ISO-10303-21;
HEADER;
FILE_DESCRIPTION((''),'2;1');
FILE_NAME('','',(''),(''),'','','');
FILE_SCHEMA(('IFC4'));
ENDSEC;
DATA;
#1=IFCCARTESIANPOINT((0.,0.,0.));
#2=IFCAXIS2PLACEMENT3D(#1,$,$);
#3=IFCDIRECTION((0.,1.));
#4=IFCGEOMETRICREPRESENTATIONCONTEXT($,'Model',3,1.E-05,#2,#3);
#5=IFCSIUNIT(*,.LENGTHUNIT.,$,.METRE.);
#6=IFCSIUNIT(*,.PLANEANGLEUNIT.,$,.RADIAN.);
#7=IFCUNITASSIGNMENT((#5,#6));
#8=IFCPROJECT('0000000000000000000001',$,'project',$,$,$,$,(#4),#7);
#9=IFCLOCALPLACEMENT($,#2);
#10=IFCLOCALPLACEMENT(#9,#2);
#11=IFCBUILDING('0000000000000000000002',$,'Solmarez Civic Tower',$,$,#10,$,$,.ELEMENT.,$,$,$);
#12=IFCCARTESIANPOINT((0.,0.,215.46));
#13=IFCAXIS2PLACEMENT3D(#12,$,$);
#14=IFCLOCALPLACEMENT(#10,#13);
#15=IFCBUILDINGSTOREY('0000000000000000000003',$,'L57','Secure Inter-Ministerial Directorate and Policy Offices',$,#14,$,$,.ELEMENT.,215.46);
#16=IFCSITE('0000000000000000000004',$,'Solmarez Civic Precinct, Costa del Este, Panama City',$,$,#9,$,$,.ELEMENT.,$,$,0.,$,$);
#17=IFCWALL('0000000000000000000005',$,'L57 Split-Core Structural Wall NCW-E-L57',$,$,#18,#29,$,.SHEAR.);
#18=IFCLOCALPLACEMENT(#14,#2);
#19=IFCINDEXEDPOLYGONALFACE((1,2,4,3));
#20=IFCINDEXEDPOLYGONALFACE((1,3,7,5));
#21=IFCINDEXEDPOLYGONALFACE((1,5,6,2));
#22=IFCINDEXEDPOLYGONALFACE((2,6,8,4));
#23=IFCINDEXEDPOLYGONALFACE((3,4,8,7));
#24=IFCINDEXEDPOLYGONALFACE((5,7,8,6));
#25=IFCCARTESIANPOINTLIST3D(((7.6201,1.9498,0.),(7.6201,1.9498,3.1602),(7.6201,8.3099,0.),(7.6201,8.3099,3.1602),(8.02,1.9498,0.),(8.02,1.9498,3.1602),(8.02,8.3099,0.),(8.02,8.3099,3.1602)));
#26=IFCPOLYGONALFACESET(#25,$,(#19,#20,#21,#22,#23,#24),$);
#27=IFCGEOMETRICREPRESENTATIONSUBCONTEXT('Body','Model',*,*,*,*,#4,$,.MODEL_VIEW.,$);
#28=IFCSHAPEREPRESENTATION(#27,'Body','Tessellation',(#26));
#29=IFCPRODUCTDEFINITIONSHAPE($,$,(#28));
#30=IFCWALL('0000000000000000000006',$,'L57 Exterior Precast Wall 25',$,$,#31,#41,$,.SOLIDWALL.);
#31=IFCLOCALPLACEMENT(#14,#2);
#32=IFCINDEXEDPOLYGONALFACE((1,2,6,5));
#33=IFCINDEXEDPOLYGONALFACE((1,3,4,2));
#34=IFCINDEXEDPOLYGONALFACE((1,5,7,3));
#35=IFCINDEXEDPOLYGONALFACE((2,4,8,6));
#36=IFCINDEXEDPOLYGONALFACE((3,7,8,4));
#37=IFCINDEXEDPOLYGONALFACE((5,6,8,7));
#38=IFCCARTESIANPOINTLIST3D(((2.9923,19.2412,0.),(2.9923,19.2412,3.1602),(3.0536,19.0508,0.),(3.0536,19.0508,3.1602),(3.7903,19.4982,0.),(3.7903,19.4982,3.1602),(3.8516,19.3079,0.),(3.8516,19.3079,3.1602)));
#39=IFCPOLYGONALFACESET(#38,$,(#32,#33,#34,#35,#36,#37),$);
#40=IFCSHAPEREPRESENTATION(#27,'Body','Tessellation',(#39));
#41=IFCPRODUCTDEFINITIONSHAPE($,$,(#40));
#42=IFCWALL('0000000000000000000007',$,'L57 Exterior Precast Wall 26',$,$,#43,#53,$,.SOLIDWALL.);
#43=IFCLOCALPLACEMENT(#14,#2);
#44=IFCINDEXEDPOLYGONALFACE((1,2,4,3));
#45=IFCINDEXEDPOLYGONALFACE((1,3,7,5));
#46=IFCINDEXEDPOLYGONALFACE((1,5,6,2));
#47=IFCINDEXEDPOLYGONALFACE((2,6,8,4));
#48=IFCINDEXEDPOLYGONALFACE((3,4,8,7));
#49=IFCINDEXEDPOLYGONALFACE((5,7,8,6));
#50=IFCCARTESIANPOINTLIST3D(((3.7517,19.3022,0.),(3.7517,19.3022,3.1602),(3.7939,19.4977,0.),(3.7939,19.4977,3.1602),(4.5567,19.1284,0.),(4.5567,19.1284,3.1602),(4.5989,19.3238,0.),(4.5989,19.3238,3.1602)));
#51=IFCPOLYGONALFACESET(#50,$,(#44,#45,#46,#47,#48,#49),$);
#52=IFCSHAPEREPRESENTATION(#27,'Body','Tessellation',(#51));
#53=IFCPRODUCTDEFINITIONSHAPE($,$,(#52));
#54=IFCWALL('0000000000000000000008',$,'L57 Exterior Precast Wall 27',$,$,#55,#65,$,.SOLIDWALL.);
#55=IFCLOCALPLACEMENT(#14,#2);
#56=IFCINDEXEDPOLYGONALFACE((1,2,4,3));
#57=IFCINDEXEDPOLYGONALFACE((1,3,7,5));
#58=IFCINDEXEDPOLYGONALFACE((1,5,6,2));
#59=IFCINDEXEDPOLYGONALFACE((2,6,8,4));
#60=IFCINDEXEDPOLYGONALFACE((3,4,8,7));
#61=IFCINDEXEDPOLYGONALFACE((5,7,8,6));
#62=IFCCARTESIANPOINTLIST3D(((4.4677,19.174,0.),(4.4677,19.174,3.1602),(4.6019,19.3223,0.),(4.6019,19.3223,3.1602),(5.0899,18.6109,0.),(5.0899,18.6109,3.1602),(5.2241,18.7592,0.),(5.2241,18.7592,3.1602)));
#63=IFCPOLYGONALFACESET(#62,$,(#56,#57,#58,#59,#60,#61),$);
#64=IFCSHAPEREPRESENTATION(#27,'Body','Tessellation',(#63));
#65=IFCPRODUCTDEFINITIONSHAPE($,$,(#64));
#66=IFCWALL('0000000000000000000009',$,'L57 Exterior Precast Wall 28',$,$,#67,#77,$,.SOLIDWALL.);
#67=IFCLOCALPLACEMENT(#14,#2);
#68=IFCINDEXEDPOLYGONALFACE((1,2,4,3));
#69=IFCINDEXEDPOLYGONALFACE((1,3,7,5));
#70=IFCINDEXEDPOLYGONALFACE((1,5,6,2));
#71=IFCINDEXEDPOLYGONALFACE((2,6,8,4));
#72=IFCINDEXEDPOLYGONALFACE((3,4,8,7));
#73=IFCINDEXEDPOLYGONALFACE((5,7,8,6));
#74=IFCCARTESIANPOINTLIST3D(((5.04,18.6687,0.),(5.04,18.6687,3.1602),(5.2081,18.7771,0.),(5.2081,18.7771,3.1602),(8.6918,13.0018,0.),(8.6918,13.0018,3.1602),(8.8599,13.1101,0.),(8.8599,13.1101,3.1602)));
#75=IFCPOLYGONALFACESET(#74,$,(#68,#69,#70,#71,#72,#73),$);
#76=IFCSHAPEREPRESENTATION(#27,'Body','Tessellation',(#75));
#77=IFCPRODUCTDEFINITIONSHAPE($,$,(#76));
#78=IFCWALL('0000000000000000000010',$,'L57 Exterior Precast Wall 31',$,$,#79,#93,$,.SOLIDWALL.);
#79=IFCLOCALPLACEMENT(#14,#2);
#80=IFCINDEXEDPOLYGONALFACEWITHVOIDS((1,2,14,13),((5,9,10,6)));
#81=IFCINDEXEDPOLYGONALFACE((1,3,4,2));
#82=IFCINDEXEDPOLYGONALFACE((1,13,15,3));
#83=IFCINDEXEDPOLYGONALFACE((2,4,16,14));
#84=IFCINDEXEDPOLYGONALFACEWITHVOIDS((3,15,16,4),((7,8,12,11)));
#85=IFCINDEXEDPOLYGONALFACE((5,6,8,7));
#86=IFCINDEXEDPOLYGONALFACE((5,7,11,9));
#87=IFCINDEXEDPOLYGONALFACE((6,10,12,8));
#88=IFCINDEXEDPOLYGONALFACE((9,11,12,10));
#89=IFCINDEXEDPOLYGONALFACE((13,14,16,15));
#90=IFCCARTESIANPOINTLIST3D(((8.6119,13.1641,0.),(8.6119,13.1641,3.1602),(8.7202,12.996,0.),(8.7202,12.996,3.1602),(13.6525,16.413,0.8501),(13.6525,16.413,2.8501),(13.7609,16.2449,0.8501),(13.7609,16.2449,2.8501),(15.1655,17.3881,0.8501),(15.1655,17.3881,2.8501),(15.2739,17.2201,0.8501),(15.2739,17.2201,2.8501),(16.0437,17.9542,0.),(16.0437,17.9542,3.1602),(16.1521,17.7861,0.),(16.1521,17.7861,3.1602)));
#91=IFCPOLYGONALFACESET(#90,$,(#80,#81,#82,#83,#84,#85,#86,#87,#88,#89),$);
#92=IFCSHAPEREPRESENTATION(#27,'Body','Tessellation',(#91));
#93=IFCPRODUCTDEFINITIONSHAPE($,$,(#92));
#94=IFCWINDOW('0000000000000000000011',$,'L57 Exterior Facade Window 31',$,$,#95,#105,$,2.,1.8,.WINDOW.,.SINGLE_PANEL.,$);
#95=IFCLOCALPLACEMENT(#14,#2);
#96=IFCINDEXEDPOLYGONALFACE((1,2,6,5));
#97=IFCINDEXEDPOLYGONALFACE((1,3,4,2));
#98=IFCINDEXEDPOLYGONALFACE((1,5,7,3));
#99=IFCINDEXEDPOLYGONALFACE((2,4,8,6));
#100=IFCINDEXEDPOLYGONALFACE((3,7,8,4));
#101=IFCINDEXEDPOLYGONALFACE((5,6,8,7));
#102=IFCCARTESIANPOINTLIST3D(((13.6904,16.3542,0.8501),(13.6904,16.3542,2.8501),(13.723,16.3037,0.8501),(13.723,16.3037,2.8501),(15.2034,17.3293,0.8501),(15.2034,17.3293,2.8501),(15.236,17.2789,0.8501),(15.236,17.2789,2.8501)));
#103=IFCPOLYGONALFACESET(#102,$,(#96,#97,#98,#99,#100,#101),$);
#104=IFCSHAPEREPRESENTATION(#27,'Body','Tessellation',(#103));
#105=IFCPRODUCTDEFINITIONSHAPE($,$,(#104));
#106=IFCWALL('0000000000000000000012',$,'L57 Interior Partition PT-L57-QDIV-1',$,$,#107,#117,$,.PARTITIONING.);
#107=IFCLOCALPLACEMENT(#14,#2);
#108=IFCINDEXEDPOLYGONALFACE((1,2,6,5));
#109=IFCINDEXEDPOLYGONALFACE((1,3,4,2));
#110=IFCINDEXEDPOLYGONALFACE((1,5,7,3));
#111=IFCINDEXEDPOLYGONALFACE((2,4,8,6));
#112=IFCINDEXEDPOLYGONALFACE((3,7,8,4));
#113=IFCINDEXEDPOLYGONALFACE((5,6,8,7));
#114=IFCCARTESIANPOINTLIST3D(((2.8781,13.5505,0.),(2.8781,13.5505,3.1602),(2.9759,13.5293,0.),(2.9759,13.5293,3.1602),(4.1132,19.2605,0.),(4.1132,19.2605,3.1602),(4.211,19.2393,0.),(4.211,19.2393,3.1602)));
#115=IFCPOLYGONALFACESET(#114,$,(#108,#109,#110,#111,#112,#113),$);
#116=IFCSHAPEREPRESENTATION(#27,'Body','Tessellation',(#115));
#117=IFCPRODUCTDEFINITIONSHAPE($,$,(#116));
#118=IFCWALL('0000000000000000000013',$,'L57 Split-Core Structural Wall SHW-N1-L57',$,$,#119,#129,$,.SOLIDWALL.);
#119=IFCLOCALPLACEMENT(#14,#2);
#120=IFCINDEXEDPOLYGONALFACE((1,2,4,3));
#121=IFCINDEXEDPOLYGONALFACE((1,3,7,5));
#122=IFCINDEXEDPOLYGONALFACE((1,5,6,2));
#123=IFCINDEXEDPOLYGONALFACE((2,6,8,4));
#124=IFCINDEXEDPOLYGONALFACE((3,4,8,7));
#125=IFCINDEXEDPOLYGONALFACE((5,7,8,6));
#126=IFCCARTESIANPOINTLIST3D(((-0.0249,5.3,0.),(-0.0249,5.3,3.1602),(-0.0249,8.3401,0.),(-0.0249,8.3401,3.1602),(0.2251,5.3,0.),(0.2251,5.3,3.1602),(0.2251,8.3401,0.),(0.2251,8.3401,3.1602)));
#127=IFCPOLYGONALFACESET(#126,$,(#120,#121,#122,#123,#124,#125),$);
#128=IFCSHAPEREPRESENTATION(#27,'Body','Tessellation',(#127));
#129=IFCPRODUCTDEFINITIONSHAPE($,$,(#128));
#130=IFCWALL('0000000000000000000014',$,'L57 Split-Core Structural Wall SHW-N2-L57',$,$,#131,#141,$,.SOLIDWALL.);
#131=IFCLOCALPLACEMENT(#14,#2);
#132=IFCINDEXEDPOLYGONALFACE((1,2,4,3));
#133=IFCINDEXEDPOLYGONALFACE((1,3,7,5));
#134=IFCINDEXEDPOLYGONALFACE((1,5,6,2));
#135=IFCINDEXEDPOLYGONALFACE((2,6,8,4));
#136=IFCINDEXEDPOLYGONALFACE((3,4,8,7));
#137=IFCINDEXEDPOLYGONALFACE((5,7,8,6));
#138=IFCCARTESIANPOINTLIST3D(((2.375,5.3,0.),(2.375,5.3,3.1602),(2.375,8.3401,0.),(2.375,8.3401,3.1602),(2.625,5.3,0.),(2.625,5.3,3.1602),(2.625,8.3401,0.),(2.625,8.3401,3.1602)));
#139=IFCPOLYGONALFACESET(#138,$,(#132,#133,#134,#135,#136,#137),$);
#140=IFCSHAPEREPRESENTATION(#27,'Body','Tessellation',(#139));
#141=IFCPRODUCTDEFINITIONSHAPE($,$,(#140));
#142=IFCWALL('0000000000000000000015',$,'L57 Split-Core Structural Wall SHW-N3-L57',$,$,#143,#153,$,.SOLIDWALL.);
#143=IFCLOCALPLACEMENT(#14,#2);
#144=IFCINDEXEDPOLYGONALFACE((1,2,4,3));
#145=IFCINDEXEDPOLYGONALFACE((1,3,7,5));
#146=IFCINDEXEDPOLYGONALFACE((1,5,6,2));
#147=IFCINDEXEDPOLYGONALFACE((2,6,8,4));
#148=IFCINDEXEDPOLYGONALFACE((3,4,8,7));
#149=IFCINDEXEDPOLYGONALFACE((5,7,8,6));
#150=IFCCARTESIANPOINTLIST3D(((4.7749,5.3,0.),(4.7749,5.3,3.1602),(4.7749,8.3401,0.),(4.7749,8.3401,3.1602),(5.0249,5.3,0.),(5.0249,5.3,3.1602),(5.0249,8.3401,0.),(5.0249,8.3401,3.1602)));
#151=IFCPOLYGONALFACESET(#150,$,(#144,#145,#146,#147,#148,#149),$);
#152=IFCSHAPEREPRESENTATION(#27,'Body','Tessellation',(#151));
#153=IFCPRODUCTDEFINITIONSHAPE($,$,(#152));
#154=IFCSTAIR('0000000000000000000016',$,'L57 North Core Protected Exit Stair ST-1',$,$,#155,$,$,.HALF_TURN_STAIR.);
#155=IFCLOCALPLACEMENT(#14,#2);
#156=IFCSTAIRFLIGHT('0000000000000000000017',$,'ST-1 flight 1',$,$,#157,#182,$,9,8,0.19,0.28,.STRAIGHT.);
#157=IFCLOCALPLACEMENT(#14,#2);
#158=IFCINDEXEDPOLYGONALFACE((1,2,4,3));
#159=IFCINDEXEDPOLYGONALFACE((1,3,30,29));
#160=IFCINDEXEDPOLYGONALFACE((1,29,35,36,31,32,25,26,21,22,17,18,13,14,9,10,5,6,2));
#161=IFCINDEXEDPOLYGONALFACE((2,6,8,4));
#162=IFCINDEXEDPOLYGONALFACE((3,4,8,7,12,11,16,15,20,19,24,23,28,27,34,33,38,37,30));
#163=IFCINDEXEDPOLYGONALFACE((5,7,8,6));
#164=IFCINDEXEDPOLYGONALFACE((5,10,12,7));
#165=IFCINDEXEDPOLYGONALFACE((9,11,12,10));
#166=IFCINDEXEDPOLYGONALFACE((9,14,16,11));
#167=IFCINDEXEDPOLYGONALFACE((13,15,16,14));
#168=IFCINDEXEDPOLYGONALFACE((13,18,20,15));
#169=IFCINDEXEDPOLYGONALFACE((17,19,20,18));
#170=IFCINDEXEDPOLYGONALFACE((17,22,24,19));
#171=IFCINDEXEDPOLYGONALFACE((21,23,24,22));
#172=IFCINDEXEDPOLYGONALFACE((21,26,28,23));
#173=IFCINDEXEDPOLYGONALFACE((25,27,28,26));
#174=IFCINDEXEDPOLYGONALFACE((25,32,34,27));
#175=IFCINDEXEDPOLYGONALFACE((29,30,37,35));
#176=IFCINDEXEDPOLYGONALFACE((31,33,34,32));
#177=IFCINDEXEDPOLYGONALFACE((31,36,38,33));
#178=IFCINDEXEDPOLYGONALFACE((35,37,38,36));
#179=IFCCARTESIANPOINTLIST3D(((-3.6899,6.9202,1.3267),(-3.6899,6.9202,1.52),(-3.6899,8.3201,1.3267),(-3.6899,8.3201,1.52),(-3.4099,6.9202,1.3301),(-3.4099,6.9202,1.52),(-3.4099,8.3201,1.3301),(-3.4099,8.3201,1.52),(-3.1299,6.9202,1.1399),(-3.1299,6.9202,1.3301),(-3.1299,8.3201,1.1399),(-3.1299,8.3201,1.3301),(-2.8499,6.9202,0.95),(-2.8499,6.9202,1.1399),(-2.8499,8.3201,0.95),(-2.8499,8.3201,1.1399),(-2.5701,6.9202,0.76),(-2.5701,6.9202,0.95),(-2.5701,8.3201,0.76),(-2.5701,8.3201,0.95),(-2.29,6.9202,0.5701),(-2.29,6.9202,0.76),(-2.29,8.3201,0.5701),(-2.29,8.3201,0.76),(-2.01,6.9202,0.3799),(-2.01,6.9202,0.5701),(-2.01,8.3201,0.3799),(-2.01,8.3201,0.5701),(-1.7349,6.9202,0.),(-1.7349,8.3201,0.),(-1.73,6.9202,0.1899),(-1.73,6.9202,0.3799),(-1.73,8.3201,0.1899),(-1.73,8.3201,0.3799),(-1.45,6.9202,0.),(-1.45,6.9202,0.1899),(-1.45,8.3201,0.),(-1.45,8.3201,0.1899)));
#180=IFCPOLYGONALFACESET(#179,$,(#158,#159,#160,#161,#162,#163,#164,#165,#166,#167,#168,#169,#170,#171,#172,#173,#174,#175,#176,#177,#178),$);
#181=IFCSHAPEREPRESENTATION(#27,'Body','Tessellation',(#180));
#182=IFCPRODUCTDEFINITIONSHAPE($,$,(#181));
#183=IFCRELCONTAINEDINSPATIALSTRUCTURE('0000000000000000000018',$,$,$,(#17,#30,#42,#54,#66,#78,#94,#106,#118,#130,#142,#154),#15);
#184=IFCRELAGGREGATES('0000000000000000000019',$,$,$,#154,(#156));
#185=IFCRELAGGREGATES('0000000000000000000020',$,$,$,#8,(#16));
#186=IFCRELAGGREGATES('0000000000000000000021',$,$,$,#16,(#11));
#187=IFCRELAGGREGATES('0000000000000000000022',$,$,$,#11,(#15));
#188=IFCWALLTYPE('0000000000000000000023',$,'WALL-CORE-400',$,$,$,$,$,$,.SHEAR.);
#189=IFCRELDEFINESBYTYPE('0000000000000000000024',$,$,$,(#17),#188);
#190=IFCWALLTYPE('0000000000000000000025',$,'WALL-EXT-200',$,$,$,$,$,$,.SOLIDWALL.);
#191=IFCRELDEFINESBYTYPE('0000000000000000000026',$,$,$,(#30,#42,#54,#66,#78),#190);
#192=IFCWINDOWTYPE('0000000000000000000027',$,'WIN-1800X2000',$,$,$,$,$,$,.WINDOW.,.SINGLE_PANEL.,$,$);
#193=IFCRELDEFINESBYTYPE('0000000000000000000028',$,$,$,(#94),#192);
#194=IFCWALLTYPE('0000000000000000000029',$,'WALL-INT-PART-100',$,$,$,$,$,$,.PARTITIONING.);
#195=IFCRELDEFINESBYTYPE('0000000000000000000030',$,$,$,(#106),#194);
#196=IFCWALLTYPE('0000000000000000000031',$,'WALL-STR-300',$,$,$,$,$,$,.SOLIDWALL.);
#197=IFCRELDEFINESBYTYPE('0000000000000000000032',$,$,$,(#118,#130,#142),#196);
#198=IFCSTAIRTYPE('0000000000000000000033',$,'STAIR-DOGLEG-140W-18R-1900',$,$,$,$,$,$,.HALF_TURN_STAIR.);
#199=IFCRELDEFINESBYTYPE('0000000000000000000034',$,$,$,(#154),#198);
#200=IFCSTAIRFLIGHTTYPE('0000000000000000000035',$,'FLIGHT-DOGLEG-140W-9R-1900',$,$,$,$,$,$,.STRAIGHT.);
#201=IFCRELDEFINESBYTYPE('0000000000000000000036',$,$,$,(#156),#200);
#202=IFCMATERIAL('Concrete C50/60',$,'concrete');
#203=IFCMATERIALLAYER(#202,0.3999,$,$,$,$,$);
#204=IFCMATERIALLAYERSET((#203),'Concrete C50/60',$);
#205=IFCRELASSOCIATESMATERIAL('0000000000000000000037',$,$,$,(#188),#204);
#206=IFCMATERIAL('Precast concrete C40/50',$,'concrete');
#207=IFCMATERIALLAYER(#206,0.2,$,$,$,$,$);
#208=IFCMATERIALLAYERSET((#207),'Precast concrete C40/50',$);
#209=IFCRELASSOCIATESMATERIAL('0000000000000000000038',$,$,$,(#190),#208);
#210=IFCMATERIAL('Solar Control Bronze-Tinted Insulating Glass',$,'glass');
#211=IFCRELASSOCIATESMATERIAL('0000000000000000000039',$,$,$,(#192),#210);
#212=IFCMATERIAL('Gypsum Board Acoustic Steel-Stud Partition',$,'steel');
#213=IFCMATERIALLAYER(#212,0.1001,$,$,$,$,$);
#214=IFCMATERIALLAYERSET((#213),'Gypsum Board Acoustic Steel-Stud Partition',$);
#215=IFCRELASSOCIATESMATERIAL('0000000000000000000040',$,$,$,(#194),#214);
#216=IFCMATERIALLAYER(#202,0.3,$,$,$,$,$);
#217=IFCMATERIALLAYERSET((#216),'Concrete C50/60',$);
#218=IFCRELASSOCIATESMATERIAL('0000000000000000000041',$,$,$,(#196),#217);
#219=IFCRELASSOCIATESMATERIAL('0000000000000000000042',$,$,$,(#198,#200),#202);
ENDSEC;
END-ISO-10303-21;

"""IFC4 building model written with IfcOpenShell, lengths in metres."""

from ifc_helpers import new_model, si_unit, direction, frame, frame_2d, origin, place, context, subcontext, project, spatial, polyline, rectangle, outline, extrude, material, layer, layer_set, type_object, element, fill, aggregate, save


model = new_model("IFC4")

# Units and contexts
model_context = context("Model", 3, precision=1e-05, world=origin(), true_north=direction((0.0, 1.0)))
body_context = subcontext(model_context, "Body", "Model", "MODEL_VIEW")
ifc_project = project(units=[si_unit("LENGTHUNIT", "METRE"), si_unit("PLANEANGLEUNIT", "RADIAN")], contexts=[model_context])

# Site, building, storey
site_placement = place(None, origin())
site = spatial("IfcSite", under=ifc_project, at=site_placement, Name="Solmarez Civic Precinct, Costa del Este, Panama City", CompositionType="ELEMENT", RefElevation=0.0)
building_placement = place(site_placement, origin())
building = spatial("IfcBuilding", under=site, at=building_placement, Name="Solmarez Civic Tower", CompositionType="ELEMENT")
storey_placement = place(building_placement, frame((0.0, 0.0, 215.46)))
storey = spatial("IfcBuildingStorey", under=building, at=storey_placement, Name="L57", Description="Secure Inter-Ministerial Directorate and Policy Offices", CompositionType="ELEMENT", Elevation=215.46)

# Walls
ifc_material_1 = material(Name="Concrete C50/60", Category="concrete")
ifc_layer_1 = layer(ifc_material_1, 0.3999)
ifc_layer_set_1 = layer_set([ifc_layer_1], Name="Concrete C50/60")
wall_type_1 = type_object("IfcWallType", Name="WALL-CORE-400", PredefinedType="SHEAR", material=ifc_layer_set_1)
wall_1_placement = place(storey_placement, frame((7.8201, 8.3101, 0.0), z_axis=(0.0, 0.0, 1.0), x_axis=(0.0, -1.0, 0.0)))
element("IfcWall", 1, at=wall_1_placement, inside=storey, type_object=wall_type_1, Name="L57 Split-Core Structural Wall NCW-E-L57", PredefinedType="SHEAR", context=body_context, shape_type="SweptSolid", body=[
    extrude(rectangle(XDim=6.3601, YDim=0.3999, at=frame_2d((3.1802, 0.0))), origin(), (0.0, 0.0, 1.0), 3.1602),
])
ifc_material_2 = material(Name="Precast concrete C40/50", Category="concrete")
ifc_layer_2 = layer(ifc_material_2, 0.2)
ifc_layer_set_2 = layer_set([ifc_layer_2], Name="Precast concrete C40/50")
wall_type_2 = type_object("IfcWallType", Name="WALL-EXT-200", PredefinedType="SOLIDWALL", material=ifc_layer_set_2)
wall_2_placement = place(storey_placement, frame((3.0229, 19.146, 0.0), z_axis=(0.0, 0.0, 1.0), x_axis=(0.951838, 0.306603, 0.0)))
element("IfcWall", 2, at=wall_2_placement, inside=storey, type_object=wall_type_2, Name="L57 Exterior Precast Wall 25", PredefinedType="SOLIDWALL", context=body_context, shape_type="SweptSolid", body=[
    extrude(rectangle(XDim=0.8384, YDim=0.2, at=frame_2d((0.4192, 0.0))), origin(), (0.0, 0.0, 1.0), 3.1602),
])
wall_3_placement = place(storey_placement, frame((3.7729, 19.3999, 0.0), z_axis=(0.0, 0.0, 1.0), x_axis=(0.977467, -0.211088, 0.0)))
element("IfcWall", 3, at=wall_3_placement, inside=storey, type_object=wall_type_2, Name="L57 Exterior Precast Wall 26", PredefinedType="SOLIDWALL", context=body_context, shape_type="SweptSolid", body=[
    extrude(rectangle(XDim=0.8235, YDim=0.2, at=frame_2d((0.4116, 0.0))), origin(), (0.0, 0.0, 1.0), 3.1602),
])
wall_4_placement = place(storey_placement, frame((4.5349, 19.248, 0.0), z_axis=(0.0, 0.0, 1.0), x_axis=(0.741439, -0.67102, 0.0)))
element("IfcWall", 4, at=wall_4_placement, inside=storey, type_object=wall_type_2, Name="L57 Exterior Precast Wall 27", PredefinedType="SOLIDWALL", context=body_context, shape_type="SweptSolid", body=[
    extrude(rectangle(XDim=0.8391, YDim=0.2, at=frame_2d((0.4194, 0.0))), origin(), (0.0, 0.0, 1.0), 3.1602),
])
wall_5_placement = place(storey_placement, frame((5.124, 18.7229, 0.0), z_axis=(0.0, 0.0, 1.0), x_axis=(0.54168, -0.840585, 0.0)))
element("IfcWall", 5, at=wall_5_placement, inside=storey, type_object=wall_type_2, Name="L57 Exterior Precast Wall 28", PredefinedType="SOLIDWALL", context=body_context, shape_type="SweptSolid", body=[
    extrude(rectangle(XDim=6.7417, YDim=0.2, at=frame_2d((3.3708, 0.0))), origin(), (0.0, 0.0, 1.0), 3.1602),
])

# Wall, opening, window
wall_6_placement = place(storey_placement, frame((8.666, 13.0801, 0.0), z_axis=(0.0, 0.0, 1.0), x_axis=(0.84054, 0.541749, 0.0)))
wall_6 = element("IfcWall", 6, at=wall_6_placement, inside=storey, type_object=wall_type_2, Name="L57 Exterior Precast Wall 31", PredefinedType="SOLIDWALL", context=body_context, shape_type="SweptSolid", body=[
    extrude(rectangle(XDim=8.8418, YDim=0.2, at=frame_2d((4.4209, 0.0))), origin(), (0.0, 0.0, 1.0), 3.1602),
])
opening_1_placement = place(wall_6_placement, frame((5.9971, 0.0, 0.8501)))
opening_1 = element("IfcOpeningElement", 7, at=opening_1_placement, cuts=wall_6, PredefinedType="OPENING", context=body_context, shape_type="SweptSolid", body=[
    extrude(rectangle(XDim=1.8, YDim=2.0, at=frame_2d((0.8999, 1.0))), frame((0.0, 0.1099, 0.0), z_axis=(0.0, -1.0, 0.0), x_axis=(1.0, 0.0, 0.0)), (0.0, 0.0, 1.0), 0.22),
])
ifc_material_3 = material(Name="Solar Control Bronze-Tinted Insulating Glass", Category="glass")
window_type = type_object("IfcWindowType", Name="WIN-1800X2000", PartitioningType="SINGLE_PANEL", PredefinedType="WINDOW", material=ifc_material_3)
window_placement = place(opening_1_placement, origin())
window = element("IfcWindow", 8, at=window_placement, inside=storey, type_object=window_type, Name="L57 Exterior Facade Window 31", OverallHeight=2.0, OverallWidth=1.8, PartitioningType="SINGLE_PANEL", PredefinedType="WINDOW", context=body_context, shape_type="SweptSolid", body=[
    extrude(rectangle(XDim=1.8, YDim=2.0, at=frame_2d((0.8999, 1.0))), frame((0.0, 0.03, 0.0), z_axis=(0.0, -1.0, 0.0), x_axis=(1.0, 0.0, 0.0)), (0.0, 0.0, 1.0), 0.0601),
])
fill(opening_1, window)

# Wall
ifc_material_4 = material(Name="Gypsum Board Acoustic Steel-Stud Partition", Category="steel")
ifc_layer_3 = layer(ifc_material_4, 0.1001)
ifc_layer_set_3 = layer_set([ifc_layer_3], Name="Gypsum Board Acoustic Steel-Stud Partition")
wall_type_3 = type_object("IfcWallType", Name="WALL-INT-PART-100", PredefinedType="PARTITIONING", material=ifc_layer_set_3)
wall_7_placement = place(storey_placement, frame((2.927, 13.54, 0.0), z_axis=(0.0, 0.0, 1.0), x_axis=(0.211418, 0.977396, 0.0)))
element("IfcWall", 9, at=wall_7_placement, inside=storey, type_object=wall_type_3, Name="L57 Interior Partition PT-L57-QDIV-1", PredefinedType="PARTITIONING", context=body_context, shape_type="SweptSolid", body=[
    extrude(rectangle(XDim=5.842, YDim=0.1001, at=frame_2d((2.9209, 0.0))), origin(), (0.0, 0.0, 1.0), 3.1602),
])

# Shared definitions
ifc_layer_4 = layer(ifc_material_1, 0.3)
ifc_layer_set_4 = layer_set([ifc_layer_4], Name="Concrete C50/60")
wall_type_4 = type_object("IfcWallType", Name="WALL-STR-300", PredefinedType="SOLIDWALL", material=ifc_layer_set_4)

# Walls
for number, where, z_axis, x_axis, name in (
    (10, (0.1001, 5.3, 0.0), (0.0, 0.0, 1.0), (0.0, 1.0, 0.0), "L57 Split-Core Structural Wall SHW-N1-L57"),
    (11, (2.5, 5.3, 0.0), (0.0, 0.0, 1.0), (0.0, 1.0, 0.0), "L57 Split-Core Structural Wall SHW-N2-L57"),
    (12, (4.8999, 5.3, 0.0), (0.0, 0.0, 1.0), (0.0, 1.0, 0.0), "L57 Split-Core Structural Wall SHW-N3-L57"),
):
    element("IfcWall", number, at=place(storey_placement, frame(where, z_axis=z_axis, x_axis=x_axis)), inside=storey, type_object=wall_type_4, Name=name, PredefinedType="SOLIDWALL", context=body_context, shape_type="SweptSolid", body=[
        extrude(rectangle(XDim=3.04, YDim=0.25, at=frame_2d((1.52, 0.0))), origin(), (0.0, 0.0, 1.0), 3.1602),
    ])

# Stair, stair flight
stair_type = type_object("IfcStairType", Name="STAIR-DOGLEG-140W-18R-1900", PredefinedType="HALF_TURN_STAIR", material=ifc_material_1)
stair_placement = place(storey_placement, origin())
stair = element("IfcStair", 13, at=stair_placement, inside=storey, type_object=stair_type, Name="L57 North Core Protected Exit Stair ST-1", PredefinedType="HALF_TURN_STAIR")
stair_flight_type = type_object("IfcStairFlightType", Name="FLIGHT-DOGLEG-140W-9R-1900", PredefinedType="STRAIGHT", material=ifc_material_1)
stair_flight_placement = place(storey_placement, frame((-1.45, 7.6201, 0.0), z_axis=(0.0, 0.0, 1.0), x_axis=(-1.0, 0.0, 0.0)))
stair_flight = element("IfcStairFlight", 14, at=stair_flight_placement, type_object=stair_flight_type, Name="ST-1 flight 1", NumberOfRisers=9, NumberOfTreads=8, PredefinedType="STRAIGHT", RiserHeight=0.19, TreadLength=0.28, context=body_context, shape_type="SweptSolid", body=[
    extrude(outline(polyline([(0.0, 0.0), (0.0, 0.1899), (0.28, 0.1899), (0.28, 0.3799), (0.5601, 0.3799), (0.5601, 0.5701), (0.8401, 0.5701), (0.8401, 0.76), (1.1201, 0.76), (1.1201, 0.95), (1.3999, 0.95), (1.3999, 1.1399), (1.6799, 1.1399), (1.6799, 1.3301), (1.96, 1.3301), (1.96, 1.52), (2.24, 1.52), (2.24, 1.71), (2.24, 1.3267), (0.2849, 0.0), (0.0, 0.0)])), frame((0.0, 0.7, 0.0), z_axis=(0.0, -1.0, 0.0), x_axis=(1.0, 0.0, 0.0)), (0.0, 0.0, 1.0), 1.3999),
])
aggregate(stair, [stair_flight])

save(model, "model.ifc")
